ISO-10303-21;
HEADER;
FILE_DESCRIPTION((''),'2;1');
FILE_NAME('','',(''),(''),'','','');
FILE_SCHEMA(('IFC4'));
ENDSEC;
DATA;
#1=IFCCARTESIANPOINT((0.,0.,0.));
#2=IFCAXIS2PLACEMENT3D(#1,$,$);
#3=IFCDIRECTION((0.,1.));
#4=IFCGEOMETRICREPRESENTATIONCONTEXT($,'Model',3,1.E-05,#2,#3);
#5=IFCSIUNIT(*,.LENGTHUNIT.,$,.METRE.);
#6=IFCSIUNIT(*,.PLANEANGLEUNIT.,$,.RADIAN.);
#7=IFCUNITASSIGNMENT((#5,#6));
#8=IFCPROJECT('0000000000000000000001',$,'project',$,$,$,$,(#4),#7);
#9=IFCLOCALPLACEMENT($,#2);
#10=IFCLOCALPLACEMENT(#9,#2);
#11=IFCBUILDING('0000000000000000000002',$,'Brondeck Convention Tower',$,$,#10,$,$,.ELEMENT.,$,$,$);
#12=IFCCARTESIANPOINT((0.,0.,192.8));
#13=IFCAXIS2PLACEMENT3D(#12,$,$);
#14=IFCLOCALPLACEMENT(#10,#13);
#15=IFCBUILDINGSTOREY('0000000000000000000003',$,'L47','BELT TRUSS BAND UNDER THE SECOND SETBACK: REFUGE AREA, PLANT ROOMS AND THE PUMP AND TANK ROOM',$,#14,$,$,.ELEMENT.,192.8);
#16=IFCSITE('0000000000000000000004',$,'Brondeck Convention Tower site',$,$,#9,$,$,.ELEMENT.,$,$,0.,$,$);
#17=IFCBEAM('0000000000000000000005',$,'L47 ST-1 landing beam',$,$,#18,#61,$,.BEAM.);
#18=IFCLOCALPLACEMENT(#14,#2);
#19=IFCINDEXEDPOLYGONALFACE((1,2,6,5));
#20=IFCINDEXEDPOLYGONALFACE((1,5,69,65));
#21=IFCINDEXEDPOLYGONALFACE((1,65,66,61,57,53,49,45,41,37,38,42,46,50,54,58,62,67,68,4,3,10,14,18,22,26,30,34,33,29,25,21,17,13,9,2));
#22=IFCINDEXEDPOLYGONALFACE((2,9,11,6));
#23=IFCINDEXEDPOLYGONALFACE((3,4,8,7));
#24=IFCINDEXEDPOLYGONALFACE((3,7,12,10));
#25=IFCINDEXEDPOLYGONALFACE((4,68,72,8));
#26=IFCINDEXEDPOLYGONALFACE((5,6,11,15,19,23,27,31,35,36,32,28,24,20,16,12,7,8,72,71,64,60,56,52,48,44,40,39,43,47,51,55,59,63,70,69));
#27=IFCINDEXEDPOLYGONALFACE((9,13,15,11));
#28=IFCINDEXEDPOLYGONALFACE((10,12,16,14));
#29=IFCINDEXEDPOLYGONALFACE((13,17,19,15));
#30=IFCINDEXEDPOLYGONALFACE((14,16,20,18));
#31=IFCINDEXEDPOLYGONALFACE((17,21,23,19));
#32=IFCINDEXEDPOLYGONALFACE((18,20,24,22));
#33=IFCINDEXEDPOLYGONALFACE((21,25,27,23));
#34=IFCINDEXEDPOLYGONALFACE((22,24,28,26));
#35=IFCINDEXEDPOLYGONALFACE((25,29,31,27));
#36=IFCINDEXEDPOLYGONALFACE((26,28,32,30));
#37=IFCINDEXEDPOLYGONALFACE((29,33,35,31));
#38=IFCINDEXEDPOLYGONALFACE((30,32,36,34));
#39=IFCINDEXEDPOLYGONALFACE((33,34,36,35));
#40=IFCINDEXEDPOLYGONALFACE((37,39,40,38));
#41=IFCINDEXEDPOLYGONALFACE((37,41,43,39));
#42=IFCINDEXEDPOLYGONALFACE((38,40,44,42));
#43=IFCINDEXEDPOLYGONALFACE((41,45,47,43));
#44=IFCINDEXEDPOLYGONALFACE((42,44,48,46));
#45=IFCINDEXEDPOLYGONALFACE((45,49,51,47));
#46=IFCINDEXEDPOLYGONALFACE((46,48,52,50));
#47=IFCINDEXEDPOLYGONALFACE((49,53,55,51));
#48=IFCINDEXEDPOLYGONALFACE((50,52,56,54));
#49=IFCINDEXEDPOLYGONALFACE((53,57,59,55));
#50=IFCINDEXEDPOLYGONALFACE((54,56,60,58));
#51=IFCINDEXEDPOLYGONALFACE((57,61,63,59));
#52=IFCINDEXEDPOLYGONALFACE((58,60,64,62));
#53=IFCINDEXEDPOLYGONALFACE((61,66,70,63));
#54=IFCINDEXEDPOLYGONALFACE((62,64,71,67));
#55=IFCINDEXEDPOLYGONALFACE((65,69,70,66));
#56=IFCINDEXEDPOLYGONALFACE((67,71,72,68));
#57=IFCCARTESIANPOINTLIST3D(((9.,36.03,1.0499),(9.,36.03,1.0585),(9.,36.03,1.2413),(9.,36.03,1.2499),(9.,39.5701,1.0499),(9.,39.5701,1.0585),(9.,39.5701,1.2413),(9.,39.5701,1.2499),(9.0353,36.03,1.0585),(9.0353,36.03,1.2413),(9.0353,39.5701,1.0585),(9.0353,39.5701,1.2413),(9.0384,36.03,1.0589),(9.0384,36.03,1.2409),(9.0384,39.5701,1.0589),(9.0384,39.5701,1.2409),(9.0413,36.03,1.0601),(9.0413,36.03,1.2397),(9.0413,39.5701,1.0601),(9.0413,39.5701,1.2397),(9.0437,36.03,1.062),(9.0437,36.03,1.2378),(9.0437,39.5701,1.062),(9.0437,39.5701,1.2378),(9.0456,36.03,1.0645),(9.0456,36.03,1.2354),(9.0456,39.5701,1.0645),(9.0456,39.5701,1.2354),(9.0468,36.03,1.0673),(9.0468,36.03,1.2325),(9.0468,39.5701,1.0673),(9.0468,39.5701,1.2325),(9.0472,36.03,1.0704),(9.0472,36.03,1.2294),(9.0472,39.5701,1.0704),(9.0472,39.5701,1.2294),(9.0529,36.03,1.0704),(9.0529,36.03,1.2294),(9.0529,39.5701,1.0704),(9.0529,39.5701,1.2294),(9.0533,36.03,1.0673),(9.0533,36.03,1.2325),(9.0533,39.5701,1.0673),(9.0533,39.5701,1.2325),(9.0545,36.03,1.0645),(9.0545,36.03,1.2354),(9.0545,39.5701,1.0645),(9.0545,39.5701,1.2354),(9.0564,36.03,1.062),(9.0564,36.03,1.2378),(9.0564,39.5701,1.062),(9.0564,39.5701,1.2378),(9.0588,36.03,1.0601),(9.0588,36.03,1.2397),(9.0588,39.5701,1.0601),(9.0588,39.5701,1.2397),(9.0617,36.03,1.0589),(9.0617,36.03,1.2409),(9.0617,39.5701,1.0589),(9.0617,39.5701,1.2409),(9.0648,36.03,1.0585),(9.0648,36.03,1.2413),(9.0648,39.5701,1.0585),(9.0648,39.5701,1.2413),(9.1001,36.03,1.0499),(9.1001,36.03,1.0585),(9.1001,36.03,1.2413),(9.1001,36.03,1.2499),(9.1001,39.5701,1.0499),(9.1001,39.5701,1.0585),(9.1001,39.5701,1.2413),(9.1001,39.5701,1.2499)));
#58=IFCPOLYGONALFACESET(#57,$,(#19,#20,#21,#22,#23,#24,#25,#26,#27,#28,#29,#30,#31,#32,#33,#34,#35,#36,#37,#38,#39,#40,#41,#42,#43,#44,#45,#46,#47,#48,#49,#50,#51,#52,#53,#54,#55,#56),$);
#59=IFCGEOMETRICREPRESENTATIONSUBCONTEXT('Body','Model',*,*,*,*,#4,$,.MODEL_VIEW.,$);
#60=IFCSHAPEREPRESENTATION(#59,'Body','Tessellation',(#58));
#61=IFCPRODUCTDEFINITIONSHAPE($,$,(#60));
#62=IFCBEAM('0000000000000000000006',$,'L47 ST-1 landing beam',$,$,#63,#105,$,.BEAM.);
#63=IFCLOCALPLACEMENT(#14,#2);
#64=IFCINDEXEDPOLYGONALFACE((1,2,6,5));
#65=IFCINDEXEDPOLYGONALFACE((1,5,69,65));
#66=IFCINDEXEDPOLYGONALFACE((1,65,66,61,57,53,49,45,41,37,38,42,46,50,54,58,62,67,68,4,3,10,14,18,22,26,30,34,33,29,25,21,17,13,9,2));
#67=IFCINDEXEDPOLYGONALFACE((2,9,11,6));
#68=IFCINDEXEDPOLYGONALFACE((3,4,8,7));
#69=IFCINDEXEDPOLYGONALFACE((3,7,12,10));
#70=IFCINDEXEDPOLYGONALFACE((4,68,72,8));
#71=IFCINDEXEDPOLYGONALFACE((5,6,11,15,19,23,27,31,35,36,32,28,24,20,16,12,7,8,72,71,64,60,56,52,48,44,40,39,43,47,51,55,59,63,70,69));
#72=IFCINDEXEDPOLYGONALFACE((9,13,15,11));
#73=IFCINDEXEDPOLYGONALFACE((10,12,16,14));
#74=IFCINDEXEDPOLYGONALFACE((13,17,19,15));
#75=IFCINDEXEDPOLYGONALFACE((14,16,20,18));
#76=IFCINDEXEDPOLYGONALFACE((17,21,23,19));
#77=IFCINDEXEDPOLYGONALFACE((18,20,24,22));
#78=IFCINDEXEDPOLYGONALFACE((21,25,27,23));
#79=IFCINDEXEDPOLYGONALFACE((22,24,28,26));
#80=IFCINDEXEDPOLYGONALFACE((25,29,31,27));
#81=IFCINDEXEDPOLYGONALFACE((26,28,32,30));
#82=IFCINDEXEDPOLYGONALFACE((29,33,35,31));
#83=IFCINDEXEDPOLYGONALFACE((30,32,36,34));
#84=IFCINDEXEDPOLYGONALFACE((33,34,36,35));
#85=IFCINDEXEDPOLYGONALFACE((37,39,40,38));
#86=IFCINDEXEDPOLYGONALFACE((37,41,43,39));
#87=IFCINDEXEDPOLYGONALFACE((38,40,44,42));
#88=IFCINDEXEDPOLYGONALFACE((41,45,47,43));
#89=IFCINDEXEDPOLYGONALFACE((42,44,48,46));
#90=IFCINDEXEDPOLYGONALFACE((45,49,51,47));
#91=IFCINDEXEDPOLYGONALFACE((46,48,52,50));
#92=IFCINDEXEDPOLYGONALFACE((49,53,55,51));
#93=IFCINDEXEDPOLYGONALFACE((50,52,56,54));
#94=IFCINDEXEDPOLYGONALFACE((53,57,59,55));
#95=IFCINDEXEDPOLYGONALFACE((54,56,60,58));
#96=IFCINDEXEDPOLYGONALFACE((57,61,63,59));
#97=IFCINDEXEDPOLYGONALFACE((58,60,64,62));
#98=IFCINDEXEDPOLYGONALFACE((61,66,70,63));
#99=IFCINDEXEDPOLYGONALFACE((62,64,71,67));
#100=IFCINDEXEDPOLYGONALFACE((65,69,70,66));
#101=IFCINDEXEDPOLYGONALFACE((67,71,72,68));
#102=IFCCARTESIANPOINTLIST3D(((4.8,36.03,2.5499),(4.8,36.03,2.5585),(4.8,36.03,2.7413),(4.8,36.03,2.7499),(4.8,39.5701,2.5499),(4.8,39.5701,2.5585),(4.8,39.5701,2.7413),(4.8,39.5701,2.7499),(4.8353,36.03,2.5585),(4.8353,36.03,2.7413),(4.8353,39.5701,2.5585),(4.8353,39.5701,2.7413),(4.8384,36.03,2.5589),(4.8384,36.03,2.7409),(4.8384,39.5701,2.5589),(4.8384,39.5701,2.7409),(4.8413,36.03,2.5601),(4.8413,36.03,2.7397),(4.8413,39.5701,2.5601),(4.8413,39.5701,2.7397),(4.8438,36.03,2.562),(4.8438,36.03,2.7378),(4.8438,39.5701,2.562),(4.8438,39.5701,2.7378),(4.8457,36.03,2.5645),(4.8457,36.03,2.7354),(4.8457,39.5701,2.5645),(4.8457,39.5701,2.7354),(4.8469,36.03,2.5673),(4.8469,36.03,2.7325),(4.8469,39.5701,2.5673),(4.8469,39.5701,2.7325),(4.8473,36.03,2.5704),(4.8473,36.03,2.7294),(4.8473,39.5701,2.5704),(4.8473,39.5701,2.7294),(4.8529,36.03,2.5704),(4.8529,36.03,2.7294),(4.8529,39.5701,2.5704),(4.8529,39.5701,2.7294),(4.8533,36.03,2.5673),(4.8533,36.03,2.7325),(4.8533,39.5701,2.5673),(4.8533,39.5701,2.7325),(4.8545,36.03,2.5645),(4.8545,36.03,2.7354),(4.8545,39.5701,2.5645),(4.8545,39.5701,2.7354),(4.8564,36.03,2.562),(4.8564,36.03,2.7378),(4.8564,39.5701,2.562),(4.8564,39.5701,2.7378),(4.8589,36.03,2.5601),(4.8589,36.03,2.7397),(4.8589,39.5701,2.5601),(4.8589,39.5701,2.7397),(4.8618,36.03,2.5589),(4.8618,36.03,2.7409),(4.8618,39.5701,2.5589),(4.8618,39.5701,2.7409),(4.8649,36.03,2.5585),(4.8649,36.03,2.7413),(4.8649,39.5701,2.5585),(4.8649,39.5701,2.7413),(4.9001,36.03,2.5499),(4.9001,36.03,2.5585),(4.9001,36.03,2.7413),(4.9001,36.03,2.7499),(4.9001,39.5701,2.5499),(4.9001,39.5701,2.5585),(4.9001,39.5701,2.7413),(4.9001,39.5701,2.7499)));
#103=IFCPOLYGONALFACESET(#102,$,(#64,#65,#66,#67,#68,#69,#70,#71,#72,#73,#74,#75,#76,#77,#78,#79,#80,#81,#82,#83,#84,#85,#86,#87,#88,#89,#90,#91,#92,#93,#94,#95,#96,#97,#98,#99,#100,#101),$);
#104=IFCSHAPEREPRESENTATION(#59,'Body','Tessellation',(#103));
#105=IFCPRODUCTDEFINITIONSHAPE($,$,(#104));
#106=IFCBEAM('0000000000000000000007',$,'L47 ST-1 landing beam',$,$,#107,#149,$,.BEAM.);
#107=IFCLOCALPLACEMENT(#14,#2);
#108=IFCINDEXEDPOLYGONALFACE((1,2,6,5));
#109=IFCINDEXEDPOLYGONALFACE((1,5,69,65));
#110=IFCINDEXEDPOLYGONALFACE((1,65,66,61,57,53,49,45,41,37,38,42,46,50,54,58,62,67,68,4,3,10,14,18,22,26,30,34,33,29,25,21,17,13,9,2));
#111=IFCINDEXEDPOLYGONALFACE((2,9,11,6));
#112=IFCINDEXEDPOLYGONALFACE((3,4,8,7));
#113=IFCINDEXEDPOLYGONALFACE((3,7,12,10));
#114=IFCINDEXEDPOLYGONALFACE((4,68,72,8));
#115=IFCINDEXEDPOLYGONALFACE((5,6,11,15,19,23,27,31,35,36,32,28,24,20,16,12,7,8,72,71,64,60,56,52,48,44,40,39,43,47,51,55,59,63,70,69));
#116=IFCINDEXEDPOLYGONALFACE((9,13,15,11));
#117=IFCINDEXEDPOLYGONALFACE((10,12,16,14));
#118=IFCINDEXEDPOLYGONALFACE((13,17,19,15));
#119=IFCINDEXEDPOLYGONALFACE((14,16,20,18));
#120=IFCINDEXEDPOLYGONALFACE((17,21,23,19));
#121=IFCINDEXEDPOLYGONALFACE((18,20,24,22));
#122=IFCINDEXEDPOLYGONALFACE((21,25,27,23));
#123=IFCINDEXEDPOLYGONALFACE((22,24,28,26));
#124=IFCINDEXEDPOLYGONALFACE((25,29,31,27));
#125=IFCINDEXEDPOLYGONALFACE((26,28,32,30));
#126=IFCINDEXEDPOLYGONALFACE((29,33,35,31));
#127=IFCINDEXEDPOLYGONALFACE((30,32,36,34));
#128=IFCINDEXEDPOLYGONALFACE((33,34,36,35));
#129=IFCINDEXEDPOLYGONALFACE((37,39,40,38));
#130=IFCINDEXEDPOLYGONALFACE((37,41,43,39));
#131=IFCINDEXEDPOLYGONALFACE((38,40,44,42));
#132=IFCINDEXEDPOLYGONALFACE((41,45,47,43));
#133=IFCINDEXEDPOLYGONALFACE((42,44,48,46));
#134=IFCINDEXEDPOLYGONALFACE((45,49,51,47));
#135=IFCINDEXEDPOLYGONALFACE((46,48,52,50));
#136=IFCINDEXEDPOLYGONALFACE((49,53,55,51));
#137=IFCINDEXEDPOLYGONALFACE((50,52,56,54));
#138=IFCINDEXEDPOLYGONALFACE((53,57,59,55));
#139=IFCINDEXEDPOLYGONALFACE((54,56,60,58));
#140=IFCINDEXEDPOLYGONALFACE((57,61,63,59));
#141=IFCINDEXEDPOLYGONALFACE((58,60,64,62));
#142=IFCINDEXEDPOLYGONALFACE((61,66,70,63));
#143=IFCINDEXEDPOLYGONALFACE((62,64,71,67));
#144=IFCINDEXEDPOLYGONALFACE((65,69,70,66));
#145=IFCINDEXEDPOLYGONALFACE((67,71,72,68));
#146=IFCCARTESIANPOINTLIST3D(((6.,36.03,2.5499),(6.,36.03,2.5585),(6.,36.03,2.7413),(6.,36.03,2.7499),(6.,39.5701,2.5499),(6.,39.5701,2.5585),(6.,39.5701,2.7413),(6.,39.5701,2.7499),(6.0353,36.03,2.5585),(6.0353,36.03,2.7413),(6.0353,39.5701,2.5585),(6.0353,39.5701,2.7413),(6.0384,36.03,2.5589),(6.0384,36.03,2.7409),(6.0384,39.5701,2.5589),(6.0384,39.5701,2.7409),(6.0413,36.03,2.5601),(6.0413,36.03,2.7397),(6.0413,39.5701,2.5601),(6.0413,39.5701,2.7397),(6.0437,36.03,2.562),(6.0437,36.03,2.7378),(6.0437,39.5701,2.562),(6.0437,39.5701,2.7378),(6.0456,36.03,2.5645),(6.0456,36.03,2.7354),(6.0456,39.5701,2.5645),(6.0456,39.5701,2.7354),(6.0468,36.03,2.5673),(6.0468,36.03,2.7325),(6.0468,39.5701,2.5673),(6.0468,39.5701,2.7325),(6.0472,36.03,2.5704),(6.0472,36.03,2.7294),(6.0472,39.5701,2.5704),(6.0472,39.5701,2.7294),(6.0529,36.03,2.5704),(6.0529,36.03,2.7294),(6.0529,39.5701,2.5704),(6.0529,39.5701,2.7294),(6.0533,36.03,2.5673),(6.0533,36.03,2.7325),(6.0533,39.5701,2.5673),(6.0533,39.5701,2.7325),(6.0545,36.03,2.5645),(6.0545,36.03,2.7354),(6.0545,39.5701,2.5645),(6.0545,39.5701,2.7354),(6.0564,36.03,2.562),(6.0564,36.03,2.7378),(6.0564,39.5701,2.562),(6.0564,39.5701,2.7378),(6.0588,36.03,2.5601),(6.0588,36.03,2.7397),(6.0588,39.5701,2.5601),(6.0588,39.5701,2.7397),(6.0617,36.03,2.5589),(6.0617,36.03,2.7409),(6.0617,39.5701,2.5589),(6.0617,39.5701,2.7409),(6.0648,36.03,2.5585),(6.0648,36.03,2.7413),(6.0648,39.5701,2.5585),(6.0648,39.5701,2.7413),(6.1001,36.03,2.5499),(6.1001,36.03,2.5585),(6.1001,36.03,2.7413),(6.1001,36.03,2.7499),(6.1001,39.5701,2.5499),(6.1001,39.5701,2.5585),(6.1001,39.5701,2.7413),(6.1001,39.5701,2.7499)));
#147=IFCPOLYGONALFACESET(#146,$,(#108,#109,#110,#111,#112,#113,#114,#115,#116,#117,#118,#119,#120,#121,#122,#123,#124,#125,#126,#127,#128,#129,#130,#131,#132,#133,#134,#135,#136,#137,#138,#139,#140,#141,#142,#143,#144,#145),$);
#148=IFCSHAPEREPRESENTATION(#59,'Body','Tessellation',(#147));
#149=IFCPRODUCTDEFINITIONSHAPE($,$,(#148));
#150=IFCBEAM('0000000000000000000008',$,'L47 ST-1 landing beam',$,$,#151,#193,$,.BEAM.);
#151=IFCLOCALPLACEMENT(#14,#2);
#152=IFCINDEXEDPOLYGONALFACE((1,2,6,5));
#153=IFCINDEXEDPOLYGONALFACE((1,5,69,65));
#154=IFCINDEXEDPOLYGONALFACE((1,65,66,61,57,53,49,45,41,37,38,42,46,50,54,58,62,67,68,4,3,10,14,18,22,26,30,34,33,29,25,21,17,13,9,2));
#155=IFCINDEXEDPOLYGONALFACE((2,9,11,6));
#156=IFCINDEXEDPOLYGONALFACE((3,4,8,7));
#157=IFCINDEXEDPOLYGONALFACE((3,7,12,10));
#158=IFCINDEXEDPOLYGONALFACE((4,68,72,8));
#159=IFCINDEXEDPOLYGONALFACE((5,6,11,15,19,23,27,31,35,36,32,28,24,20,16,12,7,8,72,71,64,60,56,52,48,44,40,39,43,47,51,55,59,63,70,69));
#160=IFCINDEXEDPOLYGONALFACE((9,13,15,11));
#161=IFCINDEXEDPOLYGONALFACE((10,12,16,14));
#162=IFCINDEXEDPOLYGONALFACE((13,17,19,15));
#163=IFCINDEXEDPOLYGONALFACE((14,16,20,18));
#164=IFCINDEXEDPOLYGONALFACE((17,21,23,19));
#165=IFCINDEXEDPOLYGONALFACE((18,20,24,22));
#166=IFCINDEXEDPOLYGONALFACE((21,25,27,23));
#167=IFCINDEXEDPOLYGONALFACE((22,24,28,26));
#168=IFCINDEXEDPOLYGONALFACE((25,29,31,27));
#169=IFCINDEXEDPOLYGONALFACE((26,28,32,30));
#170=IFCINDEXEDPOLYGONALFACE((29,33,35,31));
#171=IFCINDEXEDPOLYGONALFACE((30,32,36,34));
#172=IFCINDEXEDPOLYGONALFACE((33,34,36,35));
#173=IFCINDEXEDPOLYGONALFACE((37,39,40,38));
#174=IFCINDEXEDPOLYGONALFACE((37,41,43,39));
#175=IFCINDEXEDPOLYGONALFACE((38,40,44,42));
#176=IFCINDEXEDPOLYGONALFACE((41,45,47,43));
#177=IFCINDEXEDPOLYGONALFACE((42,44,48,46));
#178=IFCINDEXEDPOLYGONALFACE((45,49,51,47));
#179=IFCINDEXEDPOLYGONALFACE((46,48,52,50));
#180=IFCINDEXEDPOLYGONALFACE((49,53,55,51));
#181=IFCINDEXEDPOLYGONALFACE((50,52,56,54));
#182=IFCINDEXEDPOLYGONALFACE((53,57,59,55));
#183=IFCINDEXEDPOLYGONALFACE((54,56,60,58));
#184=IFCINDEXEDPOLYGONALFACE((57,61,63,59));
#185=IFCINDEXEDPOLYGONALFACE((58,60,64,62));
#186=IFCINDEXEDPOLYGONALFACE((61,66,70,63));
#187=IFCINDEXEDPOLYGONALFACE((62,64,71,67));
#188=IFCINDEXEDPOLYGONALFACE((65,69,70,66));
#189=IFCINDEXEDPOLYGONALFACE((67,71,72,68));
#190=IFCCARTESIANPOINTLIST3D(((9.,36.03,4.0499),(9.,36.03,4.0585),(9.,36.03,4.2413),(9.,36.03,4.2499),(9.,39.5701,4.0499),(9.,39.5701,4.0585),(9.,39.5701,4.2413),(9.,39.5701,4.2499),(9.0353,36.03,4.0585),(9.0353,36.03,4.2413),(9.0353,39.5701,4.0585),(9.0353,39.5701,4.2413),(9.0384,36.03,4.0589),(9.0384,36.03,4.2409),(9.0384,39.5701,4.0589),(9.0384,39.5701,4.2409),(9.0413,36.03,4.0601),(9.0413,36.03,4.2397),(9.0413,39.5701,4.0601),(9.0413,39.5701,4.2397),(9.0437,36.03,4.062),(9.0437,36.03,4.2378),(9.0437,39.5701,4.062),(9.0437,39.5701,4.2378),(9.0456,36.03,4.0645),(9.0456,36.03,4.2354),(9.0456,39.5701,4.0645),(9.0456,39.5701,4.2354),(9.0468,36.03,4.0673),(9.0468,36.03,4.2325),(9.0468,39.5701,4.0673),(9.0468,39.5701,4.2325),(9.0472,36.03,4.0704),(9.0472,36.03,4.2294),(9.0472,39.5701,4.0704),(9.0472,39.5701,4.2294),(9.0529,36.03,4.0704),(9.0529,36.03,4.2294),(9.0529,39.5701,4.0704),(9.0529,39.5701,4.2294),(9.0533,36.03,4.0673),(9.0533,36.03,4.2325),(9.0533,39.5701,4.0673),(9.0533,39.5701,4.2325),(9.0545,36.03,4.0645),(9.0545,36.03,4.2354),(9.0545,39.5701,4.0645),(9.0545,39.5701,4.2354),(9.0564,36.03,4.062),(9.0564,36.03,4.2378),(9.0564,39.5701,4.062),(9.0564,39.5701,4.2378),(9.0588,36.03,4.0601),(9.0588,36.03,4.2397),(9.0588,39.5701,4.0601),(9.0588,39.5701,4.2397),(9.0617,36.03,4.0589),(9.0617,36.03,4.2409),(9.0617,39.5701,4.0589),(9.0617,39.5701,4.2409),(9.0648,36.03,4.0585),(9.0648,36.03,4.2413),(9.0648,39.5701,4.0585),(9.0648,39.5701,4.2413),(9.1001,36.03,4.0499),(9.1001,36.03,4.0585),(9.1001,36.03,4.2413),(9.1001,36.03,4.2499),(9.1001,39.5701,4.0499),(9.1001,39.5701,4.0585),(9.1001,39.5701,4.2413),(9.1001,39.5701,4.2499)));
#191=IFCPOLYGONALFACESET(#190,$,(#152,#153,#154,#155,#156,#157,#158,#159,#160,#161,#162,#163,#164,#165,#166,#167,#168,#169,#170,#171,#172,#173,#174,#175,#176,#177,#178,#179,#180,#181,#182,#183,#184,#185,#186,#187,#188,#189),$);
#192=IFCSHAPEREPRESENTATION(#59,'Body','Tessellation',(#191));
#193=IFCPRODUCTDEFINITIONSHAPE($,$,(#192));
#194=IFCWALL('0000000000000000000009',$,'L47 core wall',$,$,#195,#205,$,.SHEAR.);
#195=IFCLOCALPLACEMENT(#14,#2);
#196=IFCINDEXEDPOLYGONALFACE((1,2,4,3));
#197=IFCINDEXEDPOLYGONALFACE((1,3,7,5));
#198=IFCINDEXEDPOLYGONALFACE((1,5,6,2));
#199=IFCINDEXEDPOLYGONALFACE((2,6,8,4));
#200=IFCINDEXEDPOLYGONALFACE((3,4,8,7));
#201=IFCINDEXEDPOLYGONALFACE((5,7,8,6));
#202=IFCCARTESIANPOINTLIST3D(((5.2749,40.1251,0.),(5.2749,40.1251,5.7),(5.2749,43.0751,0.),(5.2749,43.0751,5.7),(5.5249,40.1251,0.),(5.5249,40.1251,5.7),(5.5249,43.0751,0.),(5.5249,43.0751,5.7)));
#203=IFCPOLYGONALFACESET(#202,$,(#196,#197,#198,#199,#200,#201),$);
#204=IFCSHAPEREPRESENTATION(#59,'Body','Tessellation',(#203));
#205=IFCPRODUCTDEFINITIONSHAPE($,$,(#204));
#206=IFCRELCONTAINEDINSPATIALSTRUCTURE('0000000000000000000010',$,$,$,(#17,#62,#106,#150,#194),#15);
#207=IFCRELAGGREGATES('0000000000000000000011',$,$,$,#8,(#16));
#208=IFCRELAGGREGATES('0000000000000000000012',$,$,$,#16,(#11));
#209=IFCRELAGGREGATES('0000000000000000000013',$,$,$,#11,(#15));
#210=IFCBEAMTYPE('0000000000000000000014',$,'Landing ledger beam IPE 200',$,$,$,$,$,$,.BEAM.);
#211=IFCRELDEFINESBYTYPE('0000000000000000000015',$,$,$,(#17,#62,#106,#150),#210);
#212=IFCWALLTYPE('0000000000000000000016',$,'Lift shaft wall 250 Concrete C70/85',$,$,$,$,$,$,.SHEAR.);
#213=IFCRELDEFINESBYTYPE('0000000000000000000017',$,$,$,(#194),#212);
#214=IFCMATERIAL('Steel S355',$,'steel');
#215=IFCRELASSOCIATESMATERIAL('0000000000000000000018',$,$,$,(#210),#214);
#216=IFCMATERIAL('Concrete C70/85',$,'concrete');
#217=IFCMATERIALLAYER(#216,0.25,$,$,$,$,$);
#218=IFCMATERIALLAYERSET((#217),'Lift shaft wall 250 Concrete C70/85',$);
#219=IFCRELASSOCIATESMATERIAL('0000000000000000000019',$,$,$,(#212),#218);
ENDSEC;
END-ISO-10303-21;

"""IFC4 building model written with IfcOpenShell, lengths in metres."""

from ifc_helpers import new_model, si_unit, direction, frame, frame_2d, origin, origin_2d, place, context, subcontext, project, spatial, rectangle, i_section, extrude, material, layer, layer_set, material_profile, profile_set, type_object, element, save


model = new_model("IFC4")

# Units and contexts
model_context = context("Model", 3, precision=1e-05, world=origin(), true_north=direction((0.0, 1.0)))
body_context = subcontext(model_context, "Body", "Model", "MODEL_VIEW")
ifc_project = project(units=[si_unit("LENGTHUNIT", "METRE"), si_unit("PLANEANGLEUNIT", "RADIAN")], contexts=[model_context])

# Site, building, storey
site_placement = place(None, origin())
site = spatial("IfcSite", under=ifc_project, at=site_placement, Name="Brondeck Convention Tower site", CompositionType="ELEMENT", RefElevation=0.0)
building_placement = place(site_placement, origin())
building = spatial("IfcBuilding", under=site, at=building_placement, Name="Brondeck Convention Tower", CompositionType="ELEMENT")
storey_placement = place(building_placement, frame((0.0, 0.0, 192.8)))
storey = spatial("IfcBuildingStorey", under=building, at=storey_placement, Name="L47", Description="BELT TRUSS BAND UNDER THE SECOND SETBACK: REFUGE AREA, PLANT ROOMS AND THE PUMP AND TANK ROOM", CompositionType="ELEMENT", Elevation=192.8)

# Beams
ifc_material_1 = material(Name="Steel S355", Category="steel")
ifc_material_profile = material_profile(ifc_material_1, i_section(OverallWidth=0.1001, OverallDepth=0.2, WebThickness=0.0056, FlangeThickness=0.0085, FilletRadius=0.012, at=origin_2d()), Name="IPE200")
ifc_profile_set = profile_set([ifc_material_profile], Name="Steel S355")
beam_type = type_object("IfcBeamType", Name="Landing ledger beam IPE 200", PredefinedType="BEAM", material=ifc_profile_set)
for number, where, z_axis, x_axis, name in (
    (1, (9.05, 36.03, 1.1499), (0.0, 1.0, 0.0), (-1.0, 0.0, 0.0), "L47 ST-1 landing beam"),
    (2, (4.8501, 36.03, 2.6499), (0.0, 1.0, 0.0), (-1.0, 0.0, 0.0), "L47 ST-1 landing beam"),
    (3, (6.05, 36.03, 2.6499), (0.0, 1.0, 0.0), (-1.0, 0.0, 0.0), "L47 ST-1 landing beam"),
    (4, (9.05, 36.03, 4.1499), (0.0, 1.0, 0.0), (-1.0, 0.0, 0.0), "L47 ST-1 landing beam"),
):
    element("IfcBeam", number, at=place(storey_placement, frame(where, z_axis=z_axis, x_axis=x_axis)), inside=storey, type_object=beam_type, Name=name, PredefinedType="BEAM", context=body_context, shape_type="SweptSolid", body=[
        extrude(i_section(OverallWidth=0.1001, OverallDepth=0.2, WebThickness=0.0056, FlangeThickness=0.0085, FilletRadius=0.012, at=origin_2d()), origin(), (0.0, 0.0, 1.0), 3.54),
    ])

# Wall
ifc_material_2 = material(Name="Concrete C70/85", Category="concrete")
ifc_layer_1 = layer(ifc_material_2, 0.25)
ifc_layer_set_1 = layer_set([ifc_layer_1], Name="Lift shaft wall 250 Concrete C70/85")
wall_type_1 = type_object("IfcWallType", Name="Lift shaft wall 250 Concrete C70/85", PredefinedType="SHEAR", material=ifc_layer_set_1)
for number, where, z_axis, x_axis, name in (
    (5, (5.3999, 40.125, 0.0), (0.0, 0.0, 1.0), (0.0, 1.0, 0.0), "L47 core wall"),
):
    element("IfcWall", number, at=place(storey_placement, frame(where, z_axis=z_axis, x_axis=x_axis)), inside=storey, type_object=wall_type_1, Name=name, PredefinedType="SHEAR", context=body_context, shape_type="SweptSolid", body=[
        extrude(rectangle(XDim=2.95, YDim=0.25, at=frame_2d((1.4751, 0.0))), origin(), (0.0, 0.0, 1.0), 5.7),
    ])

save(model, "model.ifc")
